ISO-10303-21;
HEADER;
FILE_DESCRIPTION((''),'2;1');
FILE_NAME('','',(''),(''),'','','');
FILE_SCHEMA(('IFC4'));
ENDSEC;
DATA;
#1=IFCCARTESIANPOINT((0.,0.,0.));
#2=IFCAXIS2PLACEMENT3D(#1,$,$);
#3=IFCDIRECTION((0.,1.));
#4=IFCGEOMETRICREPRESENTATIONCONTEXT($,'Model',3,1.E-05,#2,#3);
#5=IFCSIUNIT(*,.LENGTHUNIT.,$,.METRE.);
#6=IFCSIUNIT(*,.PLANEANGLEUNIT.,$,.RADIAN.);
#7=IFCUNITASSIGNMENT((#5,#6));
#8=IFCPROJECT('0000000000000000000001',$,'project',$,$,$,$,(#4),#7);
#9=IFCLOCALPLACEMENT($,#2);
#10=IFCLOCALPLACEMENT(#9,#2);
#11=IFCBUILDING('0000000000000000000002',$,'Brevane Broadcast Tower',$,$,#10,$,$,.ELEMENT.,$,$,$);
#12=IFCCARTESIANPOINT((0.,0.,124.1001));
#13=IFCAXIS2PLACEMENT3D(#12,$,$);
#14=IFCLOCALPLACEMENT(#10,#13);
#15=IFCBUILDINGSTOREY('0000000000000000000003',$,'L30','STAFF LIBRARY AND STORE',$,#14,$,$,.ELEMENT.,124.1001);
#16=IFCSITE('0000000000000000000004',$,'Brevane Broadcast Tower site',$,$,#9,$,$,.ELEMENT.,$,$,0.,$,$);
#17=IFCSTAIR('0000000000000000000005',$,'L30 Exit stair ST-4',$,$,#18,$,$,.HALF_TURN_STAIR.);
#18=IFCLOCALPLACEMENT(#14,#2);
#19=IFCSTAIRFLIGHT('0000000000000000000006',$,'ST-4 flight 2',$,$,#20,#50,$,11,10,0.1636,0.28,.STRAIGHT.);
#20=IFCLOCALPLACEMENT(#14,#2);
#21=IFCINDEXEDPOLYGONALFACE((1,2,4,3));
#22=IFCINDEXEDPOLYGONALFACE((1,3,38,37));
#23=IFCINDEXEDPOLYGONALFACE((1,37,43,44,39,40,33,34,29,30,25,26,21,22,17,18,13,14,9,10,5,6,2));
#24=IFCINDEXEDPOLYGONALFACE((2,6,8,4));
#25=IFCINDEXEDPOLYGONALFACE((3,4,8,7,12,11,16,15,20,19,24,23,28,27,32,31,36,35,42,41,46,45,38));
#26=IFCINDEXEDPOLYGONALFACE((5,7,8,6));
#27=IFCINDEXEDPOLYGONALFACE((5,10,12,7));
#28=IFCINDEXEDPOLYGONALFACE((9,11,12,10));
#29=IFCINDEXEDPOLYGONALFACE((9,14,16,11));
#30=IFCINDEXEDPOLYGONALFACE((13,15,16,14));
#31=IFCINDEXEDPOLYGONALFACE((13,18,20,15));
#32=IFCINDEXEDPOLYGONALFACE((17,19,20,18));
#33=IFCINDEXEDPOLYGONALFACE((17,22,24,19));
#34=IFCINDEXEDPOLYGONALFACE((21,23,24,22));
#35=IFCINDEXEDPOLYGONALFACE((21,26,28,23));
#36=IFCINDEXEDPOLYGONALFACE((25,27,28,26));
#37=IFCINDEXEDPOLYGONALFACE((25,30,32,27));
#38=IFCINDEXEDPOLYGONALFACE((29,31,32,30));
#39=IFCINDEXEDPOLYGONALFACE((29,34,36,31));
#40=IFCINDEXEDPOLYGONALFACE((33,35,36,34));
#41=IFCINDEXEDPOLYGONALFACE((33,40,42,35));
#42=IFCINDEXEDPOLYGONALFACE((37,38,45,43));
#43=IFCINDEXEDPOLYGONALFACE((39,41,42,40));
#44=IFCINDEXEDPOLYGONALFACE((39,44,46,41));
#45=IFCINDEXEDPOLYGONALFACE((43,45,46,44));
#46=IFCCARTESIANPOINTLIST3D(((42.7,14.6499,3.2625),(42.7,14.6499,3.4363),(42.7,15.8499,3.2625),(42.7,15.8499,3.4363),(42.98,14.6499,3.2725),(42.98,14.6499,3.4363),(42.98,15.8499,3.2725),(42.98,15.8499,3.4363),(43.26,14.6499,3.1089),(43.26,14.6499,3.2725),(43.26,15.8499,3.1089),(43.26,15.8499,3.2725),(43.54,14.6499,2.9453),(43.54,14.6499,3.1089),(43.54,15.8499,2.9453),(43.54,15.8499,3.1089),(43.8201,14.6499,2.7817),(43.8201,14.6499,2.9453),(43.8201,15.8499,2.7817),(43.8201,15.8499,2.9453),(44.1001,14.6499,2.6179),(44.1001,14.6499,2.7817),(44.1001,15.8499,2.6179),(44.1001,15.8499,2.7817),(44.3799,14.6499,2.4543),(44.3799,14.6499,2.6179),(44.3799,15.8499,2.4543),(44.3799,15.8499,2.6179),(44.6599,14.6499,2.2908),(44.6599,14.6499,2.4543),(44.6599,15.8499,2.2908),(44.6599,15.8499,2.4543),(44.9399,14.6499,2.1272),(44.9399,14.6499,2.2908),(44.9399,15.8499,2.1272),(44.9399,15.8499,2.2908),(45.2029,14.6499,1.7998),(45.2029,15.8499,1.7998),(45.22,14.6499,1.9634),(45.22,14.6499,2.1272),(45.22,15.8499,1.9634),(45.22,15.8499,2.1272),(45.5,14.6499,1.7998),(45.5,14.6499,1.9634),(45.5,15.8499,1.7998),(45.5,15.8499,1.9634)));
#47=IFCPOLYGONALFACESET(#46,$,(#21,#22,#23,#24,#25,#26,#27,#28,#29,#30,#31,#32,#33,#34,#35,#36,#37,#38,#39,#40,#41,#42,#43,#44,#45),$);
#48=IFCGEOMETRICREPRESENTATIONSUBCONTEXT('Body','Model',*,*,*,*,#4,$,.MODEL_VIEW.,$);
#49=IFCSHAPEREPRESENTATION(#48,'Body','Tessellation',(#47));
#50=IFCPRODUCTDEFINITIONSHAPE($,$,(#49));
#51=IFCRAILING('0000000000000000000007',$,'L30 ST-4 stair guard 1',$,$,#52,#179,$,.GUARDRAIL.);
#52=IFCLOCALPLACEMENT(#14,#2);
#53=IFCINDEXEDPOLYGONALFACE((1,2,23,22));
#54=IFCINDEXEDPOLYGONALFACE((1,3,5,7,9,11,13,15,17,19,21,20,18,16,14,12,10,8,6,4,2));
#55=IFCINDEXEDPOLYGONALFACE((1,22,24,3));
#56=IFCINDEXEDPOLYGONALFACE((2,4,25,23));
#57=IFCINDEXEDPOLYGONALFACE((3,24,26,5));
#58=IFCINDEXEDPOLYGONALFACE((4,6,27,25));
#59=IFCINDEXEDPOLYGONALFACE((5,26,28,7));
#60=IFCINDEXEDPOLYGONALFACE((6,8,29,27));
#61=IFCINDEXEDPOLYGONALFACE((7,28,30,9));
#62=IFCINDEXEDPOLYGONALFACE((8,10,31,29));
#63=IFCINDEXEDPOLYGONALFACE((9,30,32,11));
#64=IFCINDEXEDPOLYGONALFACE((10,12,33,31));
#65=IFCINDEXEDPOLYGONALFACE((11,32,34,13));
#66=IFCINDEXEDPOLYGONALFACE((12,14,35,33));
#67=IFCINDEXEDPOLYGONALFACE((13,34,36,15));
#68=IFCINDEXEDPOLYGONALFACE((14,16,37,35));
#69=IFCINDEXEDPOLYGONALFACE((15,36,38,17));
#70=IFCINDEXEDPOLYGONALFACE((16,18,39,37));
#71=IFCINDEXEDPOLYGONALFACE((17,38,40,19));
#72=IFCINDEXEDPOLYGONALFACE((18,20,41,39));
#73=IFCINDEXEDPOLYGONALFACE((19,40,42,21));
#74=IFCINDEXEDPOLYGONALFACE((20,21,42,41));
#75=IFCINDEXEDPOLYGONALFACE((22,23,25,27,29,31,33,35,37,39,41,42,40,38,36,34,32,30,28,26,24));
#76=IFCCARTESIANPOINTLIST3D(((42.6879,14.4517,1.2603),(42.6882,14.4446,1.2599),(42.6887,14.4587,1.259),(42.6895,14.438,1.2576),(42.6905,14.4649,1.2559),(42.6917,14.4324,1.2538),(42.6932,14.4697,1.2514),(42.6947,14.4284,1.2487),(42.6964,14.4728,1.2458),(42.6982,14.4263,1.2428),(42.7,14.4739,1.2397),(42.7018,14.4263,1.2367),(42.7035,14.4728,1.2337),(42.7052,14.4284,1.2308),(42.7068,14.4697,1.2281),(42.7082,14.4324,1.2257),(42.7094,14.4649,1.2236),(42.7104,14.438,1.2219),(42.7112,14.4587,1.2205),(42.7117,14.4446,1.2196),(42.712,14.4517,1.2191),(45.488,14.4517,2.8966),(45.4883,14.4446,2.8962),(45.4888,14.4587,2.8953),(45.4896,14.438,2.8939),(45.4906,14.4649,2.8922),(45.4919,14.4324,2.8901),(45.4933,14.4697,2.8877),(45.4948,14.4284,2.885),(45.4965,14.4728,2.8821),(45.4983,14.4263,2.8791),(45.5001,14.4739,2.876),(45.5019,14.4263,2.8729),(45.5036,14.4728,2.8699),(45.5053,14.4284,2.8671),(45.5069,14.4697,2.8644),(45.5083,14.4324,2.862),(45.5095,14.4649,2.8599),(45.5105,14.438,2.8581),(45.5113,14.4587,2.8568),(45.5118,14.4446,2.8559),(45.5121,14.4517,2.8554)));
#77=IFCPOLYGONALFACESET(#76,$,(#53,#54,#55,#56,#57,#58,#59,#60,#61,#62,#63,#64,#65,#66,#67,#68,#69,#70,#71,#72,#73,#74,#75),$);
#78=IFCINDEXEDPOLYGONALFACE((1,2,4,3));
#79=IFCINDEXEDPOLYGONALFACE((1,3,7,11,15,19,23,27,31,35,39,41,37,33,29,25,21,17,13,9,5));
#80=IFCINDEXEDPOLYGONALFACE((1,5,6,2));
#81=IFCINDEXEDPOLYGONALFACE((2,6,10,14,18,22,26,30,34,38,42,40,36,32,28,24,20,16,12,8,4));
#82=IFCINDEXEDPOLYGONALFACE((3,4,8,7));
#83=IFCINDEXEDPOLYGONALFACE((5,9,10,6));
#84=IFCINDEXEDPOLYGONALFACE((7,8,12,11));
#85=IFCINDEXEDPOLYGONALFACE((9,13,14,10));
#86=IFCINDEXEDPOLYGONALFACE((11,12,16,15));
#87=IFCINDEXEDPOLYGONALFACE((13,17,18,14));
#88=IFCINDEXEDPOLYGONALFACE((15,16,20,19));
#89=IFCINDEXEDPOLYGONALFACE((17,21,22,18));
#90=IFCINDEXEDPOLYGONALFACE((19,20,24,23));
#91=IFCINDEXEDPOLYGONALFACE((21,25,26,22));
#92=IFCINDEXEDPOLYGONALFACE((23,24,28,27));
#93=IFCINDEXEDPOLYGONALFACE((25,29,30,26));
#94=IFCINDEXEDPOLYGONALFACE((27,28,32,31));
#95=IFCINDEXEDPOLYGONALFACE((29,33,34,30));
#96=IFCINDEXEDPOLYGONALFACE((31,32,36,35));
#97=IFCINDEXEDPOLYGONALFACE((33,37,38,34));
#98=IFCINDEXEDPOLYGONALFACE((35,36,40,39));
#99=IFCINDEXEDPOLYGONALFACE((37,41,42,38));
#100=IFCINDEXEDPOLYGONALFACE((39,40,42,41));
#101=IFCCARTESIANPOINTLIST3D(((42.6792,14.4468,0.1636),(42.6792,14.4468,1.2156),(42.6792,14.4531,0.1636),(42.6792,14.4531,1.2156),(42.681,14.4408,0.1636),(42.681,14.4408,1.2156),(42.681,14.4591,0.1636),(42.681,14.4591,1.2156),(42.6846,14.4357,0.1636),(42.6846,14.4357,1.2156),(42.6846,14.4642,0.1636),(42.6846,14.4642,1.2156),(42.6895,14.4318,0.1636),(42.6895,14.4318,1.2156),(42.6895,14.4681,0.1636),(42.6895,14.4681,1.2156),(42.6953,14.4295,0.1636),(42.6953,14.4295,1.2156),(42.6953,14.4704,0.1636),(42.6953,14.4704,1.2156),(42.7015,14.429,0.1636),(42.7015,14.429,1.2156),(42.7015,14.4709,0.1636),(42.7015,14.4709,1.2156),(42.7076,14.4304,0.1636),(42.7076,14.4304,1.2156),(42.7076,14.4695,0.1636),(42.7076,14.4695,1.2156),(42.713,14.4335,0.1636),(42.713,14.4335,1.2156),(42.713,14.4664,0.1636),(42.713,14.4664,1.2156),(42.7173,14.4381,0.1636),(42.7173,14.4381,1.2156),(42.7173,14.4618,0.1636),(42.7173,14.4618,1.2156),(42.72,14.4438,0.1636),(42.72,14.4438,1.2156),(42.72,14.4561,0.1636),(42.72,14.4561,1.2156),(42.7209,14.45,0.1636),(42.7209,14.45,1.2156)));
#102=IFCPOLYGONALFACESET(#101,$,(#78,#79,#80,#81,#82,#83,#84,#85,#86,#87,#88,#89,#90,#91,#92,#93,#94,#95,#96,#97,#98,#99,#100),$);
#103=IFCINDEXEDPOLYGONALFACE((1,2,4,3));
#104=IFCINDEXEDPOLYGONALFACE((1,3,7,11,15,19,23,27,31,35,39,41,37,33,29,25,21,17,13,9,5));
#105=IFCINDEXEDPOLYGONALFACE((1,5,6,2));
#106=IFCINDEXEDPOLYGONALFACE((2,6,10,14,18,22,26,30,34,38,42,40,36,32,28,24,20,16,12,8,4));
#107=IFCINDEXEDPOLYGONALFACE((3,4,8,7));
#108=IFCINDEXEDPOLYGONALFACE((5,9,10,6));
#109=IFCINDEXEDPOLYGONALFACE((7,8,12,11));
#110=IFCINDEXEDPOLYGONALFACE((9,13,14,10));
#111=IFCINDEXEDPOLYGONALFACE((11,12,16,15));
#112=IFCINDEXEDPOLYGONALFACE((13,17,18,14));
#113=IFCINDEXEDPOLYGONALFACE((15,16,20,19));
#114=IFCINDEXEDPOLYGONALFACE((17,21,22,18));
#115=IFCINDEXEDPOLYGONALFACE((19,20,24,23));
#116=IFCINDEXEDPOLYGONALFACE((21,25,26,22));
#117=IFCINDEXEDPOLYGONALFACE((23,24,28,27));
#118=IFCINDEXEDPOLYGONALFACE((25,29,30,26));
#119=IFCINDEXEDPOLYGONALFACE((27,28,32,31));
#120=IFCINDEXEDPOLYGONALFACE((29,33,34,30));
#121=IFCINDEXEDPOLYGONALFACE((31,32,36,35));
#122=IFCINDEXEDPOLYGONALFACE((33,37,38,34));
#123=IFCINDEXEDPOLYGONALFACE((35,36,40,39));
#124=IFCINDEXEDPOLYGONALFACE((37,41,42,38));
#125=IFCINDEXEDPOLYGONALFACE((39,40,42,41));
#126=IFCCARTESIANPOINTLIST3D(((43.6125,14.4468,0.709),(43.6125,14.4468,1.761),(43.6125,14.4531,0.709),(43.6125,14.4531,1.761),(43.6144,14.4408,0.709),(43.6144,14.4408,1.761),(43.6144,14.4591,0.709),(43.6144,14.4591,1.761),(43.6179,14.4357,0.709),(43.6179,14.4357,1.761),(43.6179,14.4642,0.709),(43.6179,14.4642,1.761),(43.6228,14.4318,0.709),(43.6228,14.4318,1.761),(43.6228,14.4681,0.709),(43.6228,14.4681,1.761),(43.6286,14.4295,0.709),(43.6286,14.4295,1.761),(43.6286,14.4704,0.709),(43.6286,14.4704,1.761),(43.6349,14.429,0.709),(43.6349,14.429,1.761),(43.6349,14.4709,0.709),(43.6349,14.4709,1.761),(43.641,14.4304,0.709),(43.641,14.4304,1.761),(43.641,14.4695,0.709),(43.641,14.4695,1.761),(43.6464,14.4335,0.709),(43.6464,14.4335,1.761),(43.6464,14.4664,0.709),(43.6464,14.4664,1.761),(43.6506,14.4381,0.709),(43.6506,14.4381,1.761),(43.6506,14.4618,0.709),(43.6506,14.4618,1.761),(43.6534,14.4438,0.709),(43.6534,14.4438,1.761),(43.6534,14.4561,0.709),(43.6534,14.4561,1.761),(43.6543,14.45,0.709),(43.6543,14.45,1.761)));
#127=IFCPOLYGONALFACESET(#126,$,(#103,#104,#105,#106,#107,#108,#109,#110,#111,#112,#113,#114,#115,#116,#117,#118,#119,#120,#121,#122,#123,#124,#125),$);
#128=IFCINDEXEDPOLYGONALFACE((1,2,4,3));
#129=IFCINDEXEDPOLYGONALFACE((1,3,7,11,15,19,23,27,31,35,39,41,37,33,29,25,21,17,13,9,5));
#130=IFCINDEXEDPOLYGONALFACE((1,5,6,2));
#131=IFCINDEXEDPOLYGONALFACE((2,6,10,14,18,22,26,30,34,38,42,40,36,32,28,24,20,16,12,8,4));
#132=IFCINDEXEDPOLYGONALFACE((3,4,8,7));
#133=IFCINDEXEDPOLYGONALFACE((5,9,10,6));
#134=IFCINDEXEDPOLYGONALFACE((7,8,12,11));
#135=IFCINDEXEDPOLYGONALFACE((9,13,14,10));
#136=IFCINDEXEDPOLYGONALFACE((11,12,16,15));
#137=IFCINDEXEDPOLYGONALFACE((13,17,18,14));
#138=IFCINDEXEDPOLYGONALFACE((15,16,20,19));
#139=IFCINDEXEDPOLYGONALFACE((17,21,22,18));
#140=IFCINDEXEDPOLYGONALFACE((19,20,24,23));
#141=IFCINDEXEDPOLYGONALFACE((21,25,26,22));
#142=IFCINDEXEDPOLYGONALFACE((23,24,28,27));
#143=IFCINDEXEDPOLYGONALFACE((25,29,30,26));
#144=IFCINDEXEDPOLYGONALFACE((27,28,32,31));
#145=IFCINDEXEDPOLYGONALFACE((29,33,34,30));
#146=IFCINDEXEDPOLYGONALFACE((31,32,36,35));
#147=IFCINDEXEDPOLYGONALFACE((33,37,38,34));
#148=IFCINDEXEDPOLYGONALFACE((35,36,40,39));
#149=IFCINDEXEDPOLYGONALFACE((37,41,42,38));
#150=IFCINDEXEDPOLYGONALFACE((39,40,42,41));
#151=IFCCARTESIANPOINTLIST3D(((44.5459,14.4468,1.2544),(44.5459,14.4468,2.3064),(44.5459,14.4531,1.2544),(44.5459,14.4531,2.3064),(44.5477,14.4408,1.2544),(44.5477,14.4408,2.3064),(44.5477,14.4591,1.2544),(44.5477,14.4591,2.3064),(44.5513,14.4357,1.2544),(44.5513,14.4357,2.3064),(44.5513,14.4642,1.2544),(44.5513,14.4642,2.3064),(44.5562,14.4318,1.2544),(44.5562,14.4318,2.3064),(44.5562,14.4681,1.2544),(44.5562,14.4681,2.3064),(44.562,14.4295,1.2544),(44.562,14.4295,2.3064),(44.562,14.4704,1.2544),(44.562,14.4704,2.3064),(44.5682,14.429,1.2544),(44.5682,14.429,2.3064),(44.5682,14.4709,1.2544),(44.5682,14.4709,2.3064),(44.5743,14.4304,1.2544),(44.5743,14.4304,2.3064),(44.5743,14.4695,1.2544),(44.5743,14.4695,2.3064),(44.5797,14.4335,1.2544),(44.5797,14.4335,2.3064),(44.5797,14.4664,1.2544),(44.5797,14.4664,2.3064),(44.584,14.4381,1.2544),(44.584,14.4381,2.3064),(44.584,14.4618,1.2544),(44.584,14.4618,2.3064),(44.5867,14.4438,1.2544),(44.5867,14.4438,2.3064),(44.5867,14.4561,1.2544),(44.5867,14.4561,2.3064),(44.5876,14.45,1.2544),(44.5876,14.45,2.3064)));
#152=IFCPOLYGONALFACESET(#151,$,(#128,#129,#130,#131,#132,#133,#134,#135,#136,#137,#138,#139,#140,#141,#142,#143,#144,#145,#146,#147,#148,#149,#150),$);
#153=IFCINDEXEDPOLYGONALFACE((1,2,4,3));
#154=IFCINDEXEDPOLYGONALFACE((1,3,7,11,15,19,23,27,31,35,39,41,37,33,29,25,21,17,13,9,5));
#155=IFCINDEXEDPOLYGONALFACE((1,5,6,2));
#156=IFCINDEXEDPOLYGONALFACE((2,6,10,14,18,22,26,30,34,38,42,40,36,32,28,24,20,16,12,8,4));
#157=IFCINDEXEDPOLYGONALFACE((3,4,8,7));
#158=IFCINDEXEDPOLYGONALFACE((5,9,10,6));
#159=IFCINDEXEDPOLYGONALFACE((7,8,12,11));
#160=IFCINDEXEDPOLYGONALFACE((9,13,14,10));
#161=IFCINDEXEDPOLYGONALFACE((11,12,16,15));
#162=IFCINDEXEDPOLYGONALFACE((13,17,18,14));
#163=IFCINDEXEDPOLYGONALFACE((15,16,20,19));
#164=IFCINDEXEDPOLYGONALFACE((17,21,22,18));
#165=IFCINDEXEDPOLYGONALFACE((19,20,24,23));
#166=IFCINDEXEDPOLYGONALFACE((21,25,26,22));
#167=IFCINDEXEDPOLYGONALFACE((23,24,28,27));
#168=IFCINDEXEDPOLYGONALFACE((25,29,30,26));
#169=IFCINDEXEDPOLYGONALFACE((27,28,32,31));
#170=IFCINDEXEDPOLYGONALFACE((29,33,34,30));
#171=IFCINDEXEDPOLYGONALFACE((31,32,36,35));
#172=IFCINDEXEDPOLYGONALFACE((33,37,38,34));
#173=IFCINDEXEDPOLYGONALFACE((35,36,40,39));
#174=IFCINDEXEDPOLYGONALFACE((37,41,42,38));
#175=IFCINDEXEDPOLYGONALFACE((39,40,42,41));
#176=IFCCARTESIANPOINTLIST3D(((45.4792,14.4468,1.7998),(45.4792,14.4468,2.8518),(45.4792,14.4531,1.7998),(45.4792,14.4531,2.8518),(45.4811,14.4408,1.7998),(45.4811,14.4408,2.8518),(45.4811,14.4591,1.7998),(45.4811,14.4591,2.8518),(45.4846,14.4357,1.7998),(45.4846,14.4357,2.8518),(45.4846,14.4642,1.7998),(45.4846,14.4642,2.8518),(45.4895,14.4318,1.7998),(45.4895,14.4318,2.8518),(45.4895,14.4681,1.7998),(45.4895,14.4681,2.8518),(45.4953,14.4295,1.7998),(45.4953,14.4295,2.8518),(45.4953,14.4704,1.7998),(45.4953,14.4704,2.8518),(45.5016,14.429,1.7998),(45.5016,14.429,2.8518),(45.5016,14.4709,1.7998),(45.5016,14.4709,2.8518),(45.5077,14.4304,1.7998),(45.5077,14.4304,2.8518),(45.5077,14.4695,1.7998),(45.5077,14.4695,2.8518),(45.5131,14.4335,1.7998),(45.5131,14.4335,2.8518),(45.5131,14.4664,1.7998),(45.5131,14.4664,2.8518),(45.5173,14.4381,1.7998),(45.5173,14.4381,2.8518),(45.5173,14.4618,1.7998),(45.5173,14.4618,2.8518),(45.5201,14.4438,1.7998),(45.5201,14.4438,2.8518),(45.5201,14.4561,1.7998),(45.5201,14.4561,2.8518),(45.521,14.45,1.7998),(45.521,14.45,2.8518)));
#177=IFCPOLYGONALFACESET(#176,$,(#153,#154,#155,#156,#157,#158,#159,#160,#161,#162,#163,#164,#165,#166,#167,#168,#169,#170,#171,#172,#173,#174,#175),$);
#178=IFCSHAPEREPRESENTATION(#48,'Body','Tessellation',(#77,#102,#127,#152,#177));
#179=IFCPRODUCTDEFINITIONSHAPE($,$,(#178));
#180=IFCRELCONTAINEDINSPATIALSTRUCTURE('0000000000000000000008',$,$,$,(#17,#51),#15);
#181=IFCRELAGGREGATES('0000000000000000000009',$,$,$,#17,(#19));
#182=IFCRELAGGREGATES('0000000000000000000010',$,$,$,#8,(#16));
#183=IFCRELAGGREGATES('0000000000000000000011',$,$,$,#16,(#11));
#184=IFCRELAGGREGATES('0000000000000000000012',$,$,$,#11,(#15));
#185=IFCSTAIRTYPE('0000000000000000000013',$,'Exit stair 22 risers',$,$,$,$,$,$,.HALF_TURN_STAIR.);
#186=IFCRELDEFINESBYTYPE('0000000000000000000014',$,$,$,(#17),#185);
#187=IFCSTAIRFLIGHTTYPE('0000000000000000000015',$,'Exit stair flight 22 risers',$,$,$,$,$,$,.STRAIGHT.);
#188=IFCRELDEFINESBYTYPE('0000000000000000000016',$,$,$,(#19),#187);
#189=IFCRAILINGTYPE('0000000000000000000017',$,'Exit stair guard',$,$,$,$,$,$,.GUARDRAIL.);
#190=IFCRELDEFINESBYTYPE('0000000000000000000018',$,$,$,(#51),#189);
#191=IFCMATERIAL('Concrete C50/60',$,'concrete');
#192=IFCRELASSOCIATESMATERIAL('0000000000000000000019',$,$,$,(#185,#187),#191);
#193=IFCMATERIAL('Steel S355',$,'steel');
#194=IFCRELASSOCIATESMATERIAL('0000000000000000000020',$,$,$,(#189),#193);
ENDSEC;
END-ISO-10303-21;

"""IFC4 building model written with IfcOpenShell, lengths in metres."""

from ifc_helpers import new_model, si_unit, direction, frame, origin, origin_2d, place, context, subcontext, project, spatial, polyline, circle, outline, extrude, material, type_object, element, aggregate, save


model = new_model("IFC4")

# Units and contexts
model_context = context("Model", 3, precision=1e-05, world=origin(), true_north=direction((0.0, 1.0)))
body_context = subcontext(model_context, "Body", "Model", "MODEL_VIEW")
ifc_project = project(units=[si_unit("LENGTHUNIT", "METRE"), si_unit("PLANEANGLEUNIT", "RADIAN")], contexts=[model_context])

# Site, building, storey
site_placement = place(None, origin())
site = spatial("IfcSite", under=ifc_project, at=site_placement, Name="Brevane Broadcast Tower site", CompositionType="ELEMENT", RefElevation=0.0)
building_placement = place(site_placement, origin())
building = spatial("IfcBuilding", under=site, at=building_placement, Name="Brevane Broadcast Tower", CompositionType="ELEMENT")
storey_placement = place(building_placement, frame((0.0, 0.0, 124.1001)))
storey = spatial("IfcBuildingStorey", under=building, at=storey_placement, Name="L30", Description="STAFF LIBRARY AND STORE", CompositionType="ELEMENT", Elevation=124.1001)

# Stair, stair flight
ifc_material_1 = material(Name="Concrete C50/60", Category="concrete")
stair_type = type_object("IfcStairType", Name="Exit stair 22 risers", PredefinedType="HALF_TURN_STAIR", material=ifc_material_1)
stair_placement = place(storey_placement, origin())
stair = element("IfcStair", 1, at=stair_placement, inside=storey, type_object=stair_type, Name="L30 Exit stair ST-4", PredefinedType="HALF_TURN_STAIR")
stair_flight_type = type_object("IfcStairFlightType", Name="Exit stair flight 22 risers", PredefinedType="STRAIGHT", material=ifc_material_1)
stair_flight_1_placement = place(storey_placement, frame((45.5, 15.25, 1.7998), z_axis=(0.0, 0.0, 1.0), x_axis=(-1.0, 0.0, 0.0)))
stair_flight_1 = element("IfcStairFlight", 2, at=stair_flight_1_placement, type_object=stair_flight_type, Name="ST-4 flight 2", NumberOfRisers=11, NumberOfTreads=10, PredefinedType="STRAIGHT", RiserHeight=0.1636, TreadLength=0.28, context=body_context, shape_type="SweptSolid", body=[
    extrude(outline(polyline([(0.0, 0.0), (0.0, 0.1636), (0.28, 0.1636), (0.28, 0.3274), (0.5601, 0.3274), (0.5601, 0.491), (0.8401, 0.491), (0.8401, 0.6545), (1.1201, 0.6545), (1.1201, 0.8181), (1.3999, 0.8181), (1.3999, 0.9819), (1.6799, 0.9819), (1.6799, 1.1455), (1.96, 1.1455), (1.96, 1.3091), (2.24, 1.3091), (2.24, 1.4727), (2.52, 1.4727), (2.52, 1.6365), (2.8, 1.6365), (2.8, 1.8), (2.8, 1.4626), (0.2971, 0.0), (0.0, 0.0)])), frame((0.0, 0.6001, 0.0), z_axis=(0.0, -1.0, 0.0), x_axis=(1.0, 0.0, 0.0)), (0.0, 0.0, 1.0), 1.2),
])
aggregate(stair, [stair_flight_1])

# Railing
ifc_material_2 = material(Name="Steel S355", Category="steel")
railing_type_1 = type_object("IfcRailingType", Name="Exit stair guard", PredefinedType="GUARDRAIL", material=ifc_material_2)
railing_1_placement = place(storey_placement, frame((42.7, 14.45, 0.1636)))
element("IfcRailing", 3, at=railing_1_placement, inside=storey, type_object=railing_type_1, Name="L30 ST-4 stair guard 1", PredefinedType="GUARDRAIL", context=body_context, shape_type="SweptSolid", body=[
    extrude(circle(Radius=0.0239, at=origin_2d()), frame((0.0, 0.0, 1.0762), z_axis=(0.863394, 0.0, 0.504531), x_axis=(0.0, 1.0, 0.0)), (0.0, 0.0, 1.0), 3.2432),
    extrude(circle(Radius=0.021, at=origin_2d()), origin(), (0.0, 0.0, 1.0), 1.052),
    extrude(circle(Radius=0.021, at=origin_2d()), frame((0.9333, 0.0, 0.5454)), (0.0, 0.0, 1.0), 1.052),
    extrude(circle(Radius=0.021, at=origin_2d()), frame((1.8667, 0.0, 1.0908)), (0.0, 0.0, 1.0), 1.052),
    extrude(circle(Radius=0.021, at=origin_2d()), frame((2.8, 0.0, 1.6362)), (0.0, 0.0, 1.0), 1.052),
])

save(model, "model.ifc")
